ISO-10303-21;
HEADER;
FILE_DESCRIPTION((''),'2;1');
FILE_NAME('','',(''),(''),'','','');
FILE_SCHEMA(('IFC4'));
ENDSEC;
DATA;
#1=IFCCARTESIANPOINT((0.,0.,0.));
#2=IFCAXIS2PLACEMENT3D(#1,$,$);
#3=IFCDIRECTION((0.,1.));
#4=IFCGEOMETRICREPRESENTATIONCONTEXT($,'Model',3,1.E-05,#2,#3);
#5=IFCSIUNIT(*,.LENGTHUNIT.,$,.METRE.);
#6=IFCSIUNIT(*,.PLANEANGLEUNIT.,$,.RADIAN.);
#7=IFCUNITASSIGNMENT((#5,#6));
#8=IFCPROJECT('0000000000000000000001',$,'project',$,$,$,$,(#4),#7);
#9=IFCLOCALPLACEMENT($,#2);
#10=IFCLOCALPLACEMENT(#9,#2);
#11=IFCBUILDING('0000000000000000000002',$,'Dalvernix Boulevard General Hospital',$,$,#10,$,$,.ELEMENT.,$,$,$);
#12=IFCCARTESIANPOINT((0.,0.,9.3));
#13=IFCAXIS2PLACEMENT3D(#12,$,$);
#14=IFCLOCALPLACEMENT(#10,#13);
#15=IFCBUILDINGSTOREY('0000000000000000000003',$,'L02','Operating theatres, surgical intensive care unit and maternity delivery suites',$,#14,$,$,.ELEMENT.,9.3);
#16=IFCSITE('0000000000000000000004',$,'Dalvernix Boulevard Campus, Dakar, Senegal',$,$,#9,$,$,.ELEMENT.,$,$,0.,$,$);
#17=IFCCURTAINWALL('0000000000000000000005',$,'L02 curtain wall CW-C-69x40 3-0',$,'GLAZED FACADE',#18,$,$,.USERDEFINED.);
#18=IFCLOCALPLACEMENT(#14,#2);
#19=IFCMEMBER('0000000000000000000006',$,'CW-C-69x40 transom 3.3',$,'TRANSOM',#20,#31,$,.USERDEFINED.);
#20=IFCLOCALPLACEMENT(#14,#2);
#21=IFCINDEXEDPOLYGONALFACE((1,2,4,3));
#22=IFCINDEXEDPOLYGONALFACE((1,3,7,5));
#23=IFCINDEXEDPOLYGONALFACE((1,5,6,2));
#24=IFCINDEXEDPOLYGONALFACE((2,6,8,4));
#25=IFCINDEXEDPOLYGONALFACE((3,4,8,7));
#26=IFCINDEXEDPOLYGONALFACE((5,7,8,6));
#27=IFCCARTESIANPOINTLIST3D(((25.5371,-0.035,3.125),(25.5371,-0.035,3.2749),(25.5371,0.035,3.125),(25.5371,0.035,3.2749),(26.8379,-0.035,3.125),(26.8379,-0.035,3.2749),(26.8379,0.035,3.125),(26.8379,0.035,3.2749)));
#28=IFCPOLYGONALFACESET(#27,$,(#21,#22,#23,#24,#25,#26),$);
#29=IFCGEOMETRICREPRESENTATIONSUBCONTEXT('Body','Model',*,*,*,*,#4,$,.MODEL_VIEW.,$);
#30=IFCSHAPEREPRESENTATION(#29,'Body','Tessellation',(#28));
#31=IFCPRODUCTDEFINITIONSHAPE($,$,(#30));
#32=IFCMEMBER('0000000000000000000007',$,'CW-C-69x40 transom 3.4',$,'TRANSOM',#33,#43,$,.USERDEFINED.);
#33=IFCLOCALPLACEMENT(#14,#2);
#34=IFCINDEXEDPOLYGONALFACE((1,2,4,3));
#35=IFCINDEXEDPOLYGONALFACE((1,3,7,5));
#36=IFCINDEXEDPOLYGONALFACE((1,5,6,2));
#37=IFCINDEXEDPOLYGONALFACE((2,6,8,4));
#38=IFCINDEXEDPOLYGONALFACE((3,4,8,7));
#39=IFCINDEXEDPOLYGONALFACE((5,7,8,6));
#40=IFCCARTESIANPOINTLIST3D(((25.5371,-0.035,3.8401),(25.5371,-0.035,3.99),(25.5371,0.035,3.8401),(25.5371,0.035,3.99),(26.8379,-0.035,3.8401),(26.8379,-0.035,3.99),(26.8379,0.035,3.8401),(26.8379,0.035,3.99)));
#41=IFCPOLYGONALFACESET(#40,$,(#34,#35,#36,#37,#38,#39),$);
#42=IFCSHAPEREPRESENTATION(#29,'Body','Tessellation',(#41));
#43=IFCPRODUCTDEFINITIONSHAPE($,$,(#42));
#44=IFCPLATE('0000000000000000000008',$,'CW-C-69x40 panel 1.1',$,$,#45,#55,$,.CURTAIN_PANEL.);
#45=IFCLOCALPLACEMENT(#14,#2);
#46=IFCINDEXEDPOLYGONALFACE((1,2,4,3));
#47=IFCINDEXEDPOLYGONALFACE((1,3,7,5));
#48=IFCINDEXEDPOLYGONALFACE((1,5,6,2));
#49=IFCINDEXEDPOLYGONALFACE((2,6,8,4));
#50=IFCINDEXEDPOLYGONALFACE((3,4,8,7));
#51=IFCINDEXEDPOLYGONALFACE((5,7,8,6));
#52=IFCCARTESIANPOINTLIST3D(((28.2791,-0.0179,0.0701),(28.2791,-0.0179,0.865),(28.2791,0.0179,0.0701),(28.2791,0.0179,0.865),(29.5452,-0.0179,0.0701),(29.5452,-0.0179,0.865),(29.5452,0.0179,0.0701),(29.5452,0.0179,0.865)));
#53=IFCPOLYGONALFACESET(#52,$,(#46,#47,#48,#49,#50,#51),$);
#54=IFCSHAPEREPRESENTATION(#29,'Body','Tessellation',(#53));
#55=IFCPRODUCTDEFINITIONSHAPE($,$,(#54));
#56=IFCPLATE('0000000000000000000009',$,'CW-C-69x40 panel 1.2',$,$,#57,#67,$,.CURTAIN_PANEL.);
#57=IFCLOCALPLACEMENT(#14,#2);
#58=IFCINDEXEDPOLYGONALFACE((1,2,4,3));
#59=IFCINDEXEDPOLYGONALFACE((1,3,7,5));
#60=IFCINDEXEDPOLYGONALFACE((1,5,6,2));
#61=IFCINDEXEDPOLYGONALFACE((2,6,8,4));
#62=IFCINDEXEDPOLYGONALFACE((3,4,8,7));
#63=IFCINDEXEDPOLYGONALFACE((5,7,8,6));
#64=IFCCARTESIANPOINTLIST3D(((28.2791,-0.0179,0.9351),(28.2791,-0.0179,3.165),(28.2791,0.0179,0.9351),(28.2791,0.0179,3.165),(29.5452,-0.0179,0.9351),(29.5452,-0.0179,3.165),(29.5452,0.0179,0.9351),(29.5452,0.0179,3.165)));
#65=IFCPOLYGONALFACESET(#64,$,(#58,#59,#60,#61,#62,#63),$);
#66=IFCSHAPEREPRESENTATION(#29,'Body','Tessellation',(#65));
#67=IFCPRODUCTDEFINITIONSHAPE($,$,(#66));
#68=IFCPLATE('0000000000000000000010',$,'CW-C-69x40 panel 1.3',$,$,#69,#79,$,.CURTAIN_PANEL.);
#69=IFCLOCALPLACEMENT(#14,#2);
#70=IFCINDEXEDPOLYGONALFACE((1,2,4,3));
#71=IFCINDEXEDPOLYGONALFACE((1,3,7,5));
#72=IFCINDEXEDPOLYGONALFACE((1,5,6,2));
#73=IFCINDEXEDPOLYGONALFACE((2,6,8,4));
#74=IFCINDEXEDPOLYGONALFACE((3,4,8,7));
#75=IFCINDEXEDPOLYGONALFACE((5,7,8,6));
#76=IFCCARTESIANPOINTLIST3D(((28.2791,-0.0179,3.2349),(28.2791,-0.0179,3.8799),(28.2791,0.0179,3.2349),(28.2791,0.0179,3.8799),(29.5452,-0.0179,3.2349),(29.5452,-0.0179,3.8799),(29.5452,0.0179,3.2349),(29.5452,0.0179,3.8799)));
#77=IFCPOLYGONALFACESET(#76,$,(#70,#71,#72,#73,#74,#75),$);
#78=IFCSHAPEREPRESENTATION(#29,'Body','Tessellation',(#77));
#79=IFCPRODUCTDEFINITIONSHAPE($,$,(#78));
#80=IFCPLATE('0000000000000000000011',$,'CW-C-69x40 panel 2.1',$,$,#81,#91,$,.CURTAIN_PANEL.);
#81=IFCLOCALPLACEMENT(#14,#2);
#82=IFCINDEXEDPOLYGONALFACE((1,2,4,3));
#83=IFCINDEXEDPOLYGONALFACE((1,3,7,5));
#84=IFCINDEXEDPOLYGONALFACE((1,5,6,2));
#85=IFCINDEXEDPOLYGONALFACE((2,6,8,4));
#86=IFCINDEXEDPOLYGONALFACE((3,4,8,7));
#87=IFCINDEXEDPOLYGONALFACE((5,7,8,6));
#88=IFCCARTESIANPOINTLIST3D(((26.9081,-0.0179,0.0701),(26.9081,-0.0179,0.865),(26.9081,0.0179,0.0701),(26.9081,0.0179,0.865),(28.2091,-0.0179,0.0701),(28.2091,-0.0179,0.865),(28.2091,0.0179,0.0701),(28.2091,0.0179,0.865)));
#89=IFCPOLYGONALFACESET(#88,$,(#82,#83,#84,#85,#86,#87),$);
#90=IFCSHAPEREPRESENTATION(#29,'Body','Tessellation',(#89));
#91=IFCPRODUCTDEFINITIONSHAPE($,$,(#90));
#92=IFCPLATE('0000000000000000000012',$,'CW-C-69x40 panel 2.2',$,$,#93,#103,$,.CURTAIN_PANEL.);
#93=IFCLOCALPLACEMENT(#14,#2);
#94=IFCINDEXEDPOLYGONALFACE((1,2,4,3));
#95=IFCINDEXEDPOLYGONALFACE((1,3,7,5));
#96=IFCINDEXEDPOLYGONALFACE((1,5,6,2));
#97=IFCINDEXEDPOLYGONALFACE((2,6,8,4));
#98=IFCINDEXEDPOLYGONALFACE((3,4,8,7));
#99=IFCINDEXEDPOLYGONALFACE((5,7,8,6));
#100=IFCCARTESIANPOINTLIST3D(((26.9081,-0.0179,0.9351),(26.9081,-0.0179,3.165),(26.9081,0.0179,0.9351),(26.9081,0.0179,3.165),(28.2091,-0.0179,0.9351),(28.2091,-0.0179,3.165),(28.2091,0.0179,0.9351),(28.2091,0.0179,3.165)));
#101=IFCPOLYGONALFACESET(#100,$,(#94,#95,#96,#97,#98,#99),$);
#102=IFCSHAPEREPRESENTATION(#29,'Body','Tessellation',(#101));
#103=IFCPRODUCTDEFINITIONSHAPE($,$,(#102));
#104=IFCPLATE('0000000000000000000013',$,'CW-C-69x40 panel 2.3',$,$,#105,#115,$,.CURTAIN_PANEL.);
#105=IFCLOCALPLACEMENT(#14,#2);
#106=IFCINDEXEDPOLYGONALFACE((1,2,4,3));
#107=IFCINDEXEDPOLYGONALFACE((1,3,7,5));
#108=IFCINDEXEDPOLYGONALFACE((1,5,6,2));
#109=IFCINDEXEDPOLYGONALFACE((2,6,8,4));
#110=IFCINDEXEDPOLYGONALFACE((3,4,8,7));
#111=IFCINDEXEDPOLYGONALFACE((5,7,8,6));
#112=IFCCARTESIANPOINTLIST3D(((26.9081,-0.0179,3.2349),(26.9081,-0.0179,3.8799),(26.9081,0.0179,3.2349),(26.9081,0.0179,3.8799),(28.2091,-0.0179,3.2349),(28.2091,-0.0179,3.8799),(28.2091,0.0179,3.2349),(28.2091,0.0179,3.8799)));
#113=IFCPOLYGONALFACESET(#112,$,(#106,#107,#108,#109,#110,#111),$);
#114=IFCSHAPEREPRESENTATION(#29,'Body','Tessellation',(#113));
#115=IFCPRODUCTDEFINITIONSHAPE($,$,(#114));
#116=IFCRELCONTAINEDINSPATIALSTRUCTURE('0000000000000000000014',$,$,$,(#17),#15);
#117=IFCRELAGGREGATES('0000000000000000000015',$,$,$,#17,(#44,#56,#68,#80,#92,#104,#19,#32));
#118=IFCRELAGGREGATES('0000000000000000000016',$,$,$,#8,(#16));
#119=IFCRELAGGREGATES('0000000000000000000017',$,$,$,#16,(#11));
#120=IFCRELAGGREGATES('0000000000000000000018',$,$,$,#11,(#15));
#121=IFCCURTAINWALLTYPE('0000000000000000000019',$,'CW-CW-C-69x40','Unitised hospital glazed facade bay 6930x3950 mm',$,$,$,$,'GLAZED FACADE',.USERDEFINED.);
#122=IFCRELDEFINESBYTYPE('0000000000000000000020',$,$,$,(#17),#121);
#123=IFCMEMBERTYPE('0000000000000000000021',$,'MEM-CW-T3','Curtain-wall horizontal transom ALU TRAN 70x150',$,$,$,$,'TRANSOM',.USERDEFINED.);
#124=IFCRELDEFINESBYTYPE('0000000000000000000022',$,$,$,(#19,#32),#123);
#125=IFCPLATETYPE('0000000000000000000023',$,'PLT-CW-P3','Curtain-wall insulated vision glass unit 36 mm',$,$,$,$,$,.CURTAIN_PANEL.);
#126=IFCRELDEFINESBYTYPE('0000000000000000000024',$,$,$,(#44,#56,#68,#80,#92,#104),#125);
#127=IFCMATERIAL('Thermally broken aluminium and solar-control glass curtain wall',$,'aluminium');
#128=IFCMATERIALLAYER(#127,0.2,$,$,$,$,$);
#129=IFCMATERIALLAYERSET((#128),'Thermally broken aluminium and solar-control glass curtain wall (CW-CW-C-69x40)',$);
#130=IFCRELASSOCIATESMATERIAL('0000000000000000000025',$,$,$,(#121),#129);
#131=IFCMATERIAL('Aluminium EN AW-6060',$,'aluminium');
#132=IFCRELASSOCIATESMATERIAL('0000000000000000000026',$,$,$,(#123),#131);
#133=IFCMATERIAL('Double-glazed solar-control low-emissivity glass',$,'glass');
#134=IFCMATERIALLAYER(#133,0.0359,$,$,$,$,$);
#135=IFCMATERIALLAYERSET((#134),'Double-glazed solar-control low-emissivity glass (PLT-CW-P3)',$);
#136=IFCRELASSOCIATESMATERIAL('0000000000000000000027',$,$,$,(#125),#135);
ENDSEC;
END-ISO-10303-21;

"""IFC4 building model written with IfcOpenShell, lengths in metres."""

from ifc_helpers import new_model, si_unit, direction, frame, origin, origin_2d, place, context, subcontext, project, spatial, rectangle, extrude, material, layer, layer_set, material_profile, profile_set, type_object, element, aggregate, save


model = new_model("IFC4")

# Units and contexts
model_context = context("Model", 3, precision=1e-05, world=origin(), true_north=direction((0.0, 1.0)))
body_context = subcontext(model_context, "Body", "Model", "MODEL_VIEW")
ifc_project = project(units=[si_unit("LENGTHUNIT", "METRE"), si_unit("PLANEANGLEUNIT", "RADIAN")], contexts=[model_context])

# Site, building, storey
site_placement = place(None, origin())
site = spatial("IfcSite", under=ifc_project, at=site_placement, Name="Dalvernix Boulevard Campus, Dakar, Senegal", CompositionType="ELEMENT", RefElevation=0.0)
building_placement = place(site_placement, origin())
building = spatial("IfcBuilding", under=site, at=building_placement, Name="Dalvernix Boulevard General Hospital", CompositionType="ELEMENT")
storey_placement = place(building_placement, frame((0.0, 0.0, 9.3)))
storey = spatial("IfcBuildingStorey", under=building, at=storey_placement, Name="L02", Description="Operating theatres, surgical intensive care unit and maternity delivery suites", CompositionType="ELEMENT", Elevation=9.3)

# Curtain wall, members, plates
ifc_material_1 = material(Name="Thermally broken aluminium and solar-control glass curtain wall", Category="aluminium")
ifc_layer_1 = layer(ifc_material_1, 0.2)
ifc_layer_set_1 = layer_set([ifc_layer_1], Name="Thermally broken aluminium and solar-control glass curtain wall (CW-CW-C-69x40)")
curtain_wall_type = type_object("IfcCurtainWallType", Name="CW-CW-C-69x40", Description="Unitised hospital glazed facade bay 6930x3950 mm", ElementType="GLAZED FACADE", PredefinedType="USERDEFINED", material=ifc_layer_set_1)
curtain_wall_placement = place(storey_placement, origin())
curtain_wall = element("IfcCurtainWall", 1, at=curtain_wall_placement, inside=storey, type_object=curtain_wall_type, Name="L02 curtain wall CW-C-69x40 3-0", ObjectType="GLAZED FACADE", PredefinedType="USERDEFINED")
ifc_material_2 = material(Name="Aluminium EN AW-6060", Category="aluminium")
ifc_material_profile_1 = material_profile(ifc_material_2, rectangle(XDim=0.0701, YDim=0.1499, at=origin_2d()), Name="ALU TRAN 70x150")
ifc_profile_set_1 = profile_set([ifc_material_profile_1], Name="Aluminium EN AW-6060")
member_type_1 = type_object("IfcMemberType", Name="MEM-CW-T3", Description="Curtain-wall horizontal transom ALU TRAN 70x150", ElementType="TRANSOM", PredefinedType="USERDEFINED", material=ifc_profile_set_1)
member_1_placement = place(storey_placement, frame((26.8379, 0.0, 3.2), z_axis=(-1.0, 0.0, 0.0), x_axis=(0.0, -1.0, 0.0)))
member_1 = element("IfcMember", 2, at=member_1_placement, type_object=member_type_1, Name="CW-C-69x40 transom 3.3", ObjectType="TRANSOM", PredefinedType="USERDEFINED", context=body_context, shape_type="SweptSolid", body=[
    extrude(rectangle(XDim=0.0701, YDim=0.1499, at=origin_2d()), origin(), (0.0, 0.0, 1.0), 1.3008),
])
member_2_placement = place(storey_placement, frame((26.8379, 0.0, 3.915), z_axis=(-1.0, 0.0, 0.0), x_axis=(0.0, -1.0, 0.0)))
member_2 = element("IfcMember", 3, at=member_2_placement, type_object=member_type_1, Name="CW-C-69x40 transom 3.4", ObjectType="TRANSOM", PredefinedType="USERDEFINED", context=body_context, shape_type="SweptSolid", body=[
    extrude(rectangle(XDim=0.0701, YDim=0.1499, at=origin_2d()), origin(), (0.0, 0.0, 1.0), 1.3008),
])
ifc_material_3 = material(Name="Double-glazed solar-control low-emissivity glass", Category="glass")
ifc_layer_2 = layer(ifc_material_3, 0.0359)
ifc_layer_set_2 = layer_set([ifc_layer_2], Name="Double-glazed solar-control low-emissivity glass (PLT-CW-P3)")
plate_type = type_object("IfcPlateType", Name="PLT-CW-P3", Description="Curtain-wall insulated vision glass unit 36 mm", PredefinedType="CURTAIN_PANEL", material=ifc_layer_set_2)
plate_1_placement = place(storey_placement, frame((28.9121, 0.0, 0.0701), z_axis=(0.0, 0.0, 1.0), x_axis=(-1.0, 0.0, 0.0)))
plate_1 = element("IfcPlate", 4, at=plate_1_placement, type_object=plate_type, Name="CW-C-69x40 panel 1.1", PredefinedType="CURTAIN_PANEL", context=body_context, shape_type="SweptSolid", body=[
    extrude(rectangle(XDim=1.2661, YDim=0.0359, at=origin_2d()), origin(), (0.0, 0.0, 1.0), 0.7949),
])
plate_2_placement = place(storey_placement, frame((28.9121, 0.0, 0.9351), z_axis=(0.0, 0.0, 1.0), x_axis=(-1.0, 0.0, 0.0)))
plate_2 = element("IfcPlate", 5, at=plate_2_placement, type_object=plate_type, Name="CW-C-69x40 panel 1.2", PredefinedType="CURTAIN_PANEL", context=body_context, shape_type="SweptSolid", body=[
    extrude(rectangle(XDim=1.2661, YDim=0.0359, at=origin_2d()), origin(), (0.0, 0.0, 1.0), 2.23),
])
plate_3_placement = place(storey_placement, frame((28.9121, 0.0, 3.2349), z_axis=(0.0, 0.0, 1.0), x_axis=(-1.0, 0.0, 0.0)))
plate_3 = element("IfcPlate", 6, at=plate_3_placement, type_object=plate_type, Name="CW-C-69x40 panel 1.3", PredefinedType="CURTAIN_PANEL", context=body_context, shape_type="SweptSolid", body=[
    extrude(rectangle(XDim=1.2661, YDim=0.0359, at=origin_2d()), origin(), (0.0, 0.0, 1.0), 0.645),
])
plate_4_placement = place(storey_placement, frame((27.5586, 0.0, 0.0701), z_axis=(0.0, 0.0, 1.0), x_axis=(-1.0, 0.0, 0.0)))
plate_4 = element("IfcPlate", 7, at=plate_4_placement, type_object=plate_type, Name="CW-C-69x40 panel 2.1", PredefinedType="CURTAIN_PANEL", context=body_context, shape_type="SweptSolid", body=[
    extrude(rectangle(XDim=1.301, YDim=0.0359, at=origin_2d()), origin(), (0.0, 0.0, 1.0), 0.7949),
])
plate_5_placement = place(storey_placement, frame((27.5586, 0.0, 0.9351), z_axis=(0.0, 0.0, 1.0), x_axis=(-1.0, 0.0, 0.0)))
plate_5 = element("IfcPlate", 8, at=plate_5_placement, type_object=plate_type, Name="CW-C-69x40 panel 2.2", PredefinedType="CURTAIN_PANEL", context=body_context, shape_type="SweptSolid", body=[
    extrude(rectangle(XDim=1.301, YDim=0.0359, at=origin_2d()), origin(), (0.0, 0.0, 1.0), 2.23),
])
plate_6_placement = place(storey_placement, frame((27.5586, 0.0, 3.2349), z_axis=(0.0, 0.0, 1.0), x_axis=(-1.0, 0.0, 0.0)))
plate_6 = element("IfcPlate", 9, at=plate_6_placement, type_object=plate_type, Name="CW-C-69x40 panel 2.3", PredefinedType="CURTAIN_PANEL", context=body_context, shape_type="SweptSolid", body=[
    extrude(rectangle(XDim=1.301, YDim=0.0359, at=origin_2d()), origin(), (0.0, 0.0, 1.0), 0.645),
])
aggregate(curtain_wall, [plate_1, plate_2, plate_3, plate_4, plate_5, plate_6, member_1, member_2])

save(model, "model.ifc")
